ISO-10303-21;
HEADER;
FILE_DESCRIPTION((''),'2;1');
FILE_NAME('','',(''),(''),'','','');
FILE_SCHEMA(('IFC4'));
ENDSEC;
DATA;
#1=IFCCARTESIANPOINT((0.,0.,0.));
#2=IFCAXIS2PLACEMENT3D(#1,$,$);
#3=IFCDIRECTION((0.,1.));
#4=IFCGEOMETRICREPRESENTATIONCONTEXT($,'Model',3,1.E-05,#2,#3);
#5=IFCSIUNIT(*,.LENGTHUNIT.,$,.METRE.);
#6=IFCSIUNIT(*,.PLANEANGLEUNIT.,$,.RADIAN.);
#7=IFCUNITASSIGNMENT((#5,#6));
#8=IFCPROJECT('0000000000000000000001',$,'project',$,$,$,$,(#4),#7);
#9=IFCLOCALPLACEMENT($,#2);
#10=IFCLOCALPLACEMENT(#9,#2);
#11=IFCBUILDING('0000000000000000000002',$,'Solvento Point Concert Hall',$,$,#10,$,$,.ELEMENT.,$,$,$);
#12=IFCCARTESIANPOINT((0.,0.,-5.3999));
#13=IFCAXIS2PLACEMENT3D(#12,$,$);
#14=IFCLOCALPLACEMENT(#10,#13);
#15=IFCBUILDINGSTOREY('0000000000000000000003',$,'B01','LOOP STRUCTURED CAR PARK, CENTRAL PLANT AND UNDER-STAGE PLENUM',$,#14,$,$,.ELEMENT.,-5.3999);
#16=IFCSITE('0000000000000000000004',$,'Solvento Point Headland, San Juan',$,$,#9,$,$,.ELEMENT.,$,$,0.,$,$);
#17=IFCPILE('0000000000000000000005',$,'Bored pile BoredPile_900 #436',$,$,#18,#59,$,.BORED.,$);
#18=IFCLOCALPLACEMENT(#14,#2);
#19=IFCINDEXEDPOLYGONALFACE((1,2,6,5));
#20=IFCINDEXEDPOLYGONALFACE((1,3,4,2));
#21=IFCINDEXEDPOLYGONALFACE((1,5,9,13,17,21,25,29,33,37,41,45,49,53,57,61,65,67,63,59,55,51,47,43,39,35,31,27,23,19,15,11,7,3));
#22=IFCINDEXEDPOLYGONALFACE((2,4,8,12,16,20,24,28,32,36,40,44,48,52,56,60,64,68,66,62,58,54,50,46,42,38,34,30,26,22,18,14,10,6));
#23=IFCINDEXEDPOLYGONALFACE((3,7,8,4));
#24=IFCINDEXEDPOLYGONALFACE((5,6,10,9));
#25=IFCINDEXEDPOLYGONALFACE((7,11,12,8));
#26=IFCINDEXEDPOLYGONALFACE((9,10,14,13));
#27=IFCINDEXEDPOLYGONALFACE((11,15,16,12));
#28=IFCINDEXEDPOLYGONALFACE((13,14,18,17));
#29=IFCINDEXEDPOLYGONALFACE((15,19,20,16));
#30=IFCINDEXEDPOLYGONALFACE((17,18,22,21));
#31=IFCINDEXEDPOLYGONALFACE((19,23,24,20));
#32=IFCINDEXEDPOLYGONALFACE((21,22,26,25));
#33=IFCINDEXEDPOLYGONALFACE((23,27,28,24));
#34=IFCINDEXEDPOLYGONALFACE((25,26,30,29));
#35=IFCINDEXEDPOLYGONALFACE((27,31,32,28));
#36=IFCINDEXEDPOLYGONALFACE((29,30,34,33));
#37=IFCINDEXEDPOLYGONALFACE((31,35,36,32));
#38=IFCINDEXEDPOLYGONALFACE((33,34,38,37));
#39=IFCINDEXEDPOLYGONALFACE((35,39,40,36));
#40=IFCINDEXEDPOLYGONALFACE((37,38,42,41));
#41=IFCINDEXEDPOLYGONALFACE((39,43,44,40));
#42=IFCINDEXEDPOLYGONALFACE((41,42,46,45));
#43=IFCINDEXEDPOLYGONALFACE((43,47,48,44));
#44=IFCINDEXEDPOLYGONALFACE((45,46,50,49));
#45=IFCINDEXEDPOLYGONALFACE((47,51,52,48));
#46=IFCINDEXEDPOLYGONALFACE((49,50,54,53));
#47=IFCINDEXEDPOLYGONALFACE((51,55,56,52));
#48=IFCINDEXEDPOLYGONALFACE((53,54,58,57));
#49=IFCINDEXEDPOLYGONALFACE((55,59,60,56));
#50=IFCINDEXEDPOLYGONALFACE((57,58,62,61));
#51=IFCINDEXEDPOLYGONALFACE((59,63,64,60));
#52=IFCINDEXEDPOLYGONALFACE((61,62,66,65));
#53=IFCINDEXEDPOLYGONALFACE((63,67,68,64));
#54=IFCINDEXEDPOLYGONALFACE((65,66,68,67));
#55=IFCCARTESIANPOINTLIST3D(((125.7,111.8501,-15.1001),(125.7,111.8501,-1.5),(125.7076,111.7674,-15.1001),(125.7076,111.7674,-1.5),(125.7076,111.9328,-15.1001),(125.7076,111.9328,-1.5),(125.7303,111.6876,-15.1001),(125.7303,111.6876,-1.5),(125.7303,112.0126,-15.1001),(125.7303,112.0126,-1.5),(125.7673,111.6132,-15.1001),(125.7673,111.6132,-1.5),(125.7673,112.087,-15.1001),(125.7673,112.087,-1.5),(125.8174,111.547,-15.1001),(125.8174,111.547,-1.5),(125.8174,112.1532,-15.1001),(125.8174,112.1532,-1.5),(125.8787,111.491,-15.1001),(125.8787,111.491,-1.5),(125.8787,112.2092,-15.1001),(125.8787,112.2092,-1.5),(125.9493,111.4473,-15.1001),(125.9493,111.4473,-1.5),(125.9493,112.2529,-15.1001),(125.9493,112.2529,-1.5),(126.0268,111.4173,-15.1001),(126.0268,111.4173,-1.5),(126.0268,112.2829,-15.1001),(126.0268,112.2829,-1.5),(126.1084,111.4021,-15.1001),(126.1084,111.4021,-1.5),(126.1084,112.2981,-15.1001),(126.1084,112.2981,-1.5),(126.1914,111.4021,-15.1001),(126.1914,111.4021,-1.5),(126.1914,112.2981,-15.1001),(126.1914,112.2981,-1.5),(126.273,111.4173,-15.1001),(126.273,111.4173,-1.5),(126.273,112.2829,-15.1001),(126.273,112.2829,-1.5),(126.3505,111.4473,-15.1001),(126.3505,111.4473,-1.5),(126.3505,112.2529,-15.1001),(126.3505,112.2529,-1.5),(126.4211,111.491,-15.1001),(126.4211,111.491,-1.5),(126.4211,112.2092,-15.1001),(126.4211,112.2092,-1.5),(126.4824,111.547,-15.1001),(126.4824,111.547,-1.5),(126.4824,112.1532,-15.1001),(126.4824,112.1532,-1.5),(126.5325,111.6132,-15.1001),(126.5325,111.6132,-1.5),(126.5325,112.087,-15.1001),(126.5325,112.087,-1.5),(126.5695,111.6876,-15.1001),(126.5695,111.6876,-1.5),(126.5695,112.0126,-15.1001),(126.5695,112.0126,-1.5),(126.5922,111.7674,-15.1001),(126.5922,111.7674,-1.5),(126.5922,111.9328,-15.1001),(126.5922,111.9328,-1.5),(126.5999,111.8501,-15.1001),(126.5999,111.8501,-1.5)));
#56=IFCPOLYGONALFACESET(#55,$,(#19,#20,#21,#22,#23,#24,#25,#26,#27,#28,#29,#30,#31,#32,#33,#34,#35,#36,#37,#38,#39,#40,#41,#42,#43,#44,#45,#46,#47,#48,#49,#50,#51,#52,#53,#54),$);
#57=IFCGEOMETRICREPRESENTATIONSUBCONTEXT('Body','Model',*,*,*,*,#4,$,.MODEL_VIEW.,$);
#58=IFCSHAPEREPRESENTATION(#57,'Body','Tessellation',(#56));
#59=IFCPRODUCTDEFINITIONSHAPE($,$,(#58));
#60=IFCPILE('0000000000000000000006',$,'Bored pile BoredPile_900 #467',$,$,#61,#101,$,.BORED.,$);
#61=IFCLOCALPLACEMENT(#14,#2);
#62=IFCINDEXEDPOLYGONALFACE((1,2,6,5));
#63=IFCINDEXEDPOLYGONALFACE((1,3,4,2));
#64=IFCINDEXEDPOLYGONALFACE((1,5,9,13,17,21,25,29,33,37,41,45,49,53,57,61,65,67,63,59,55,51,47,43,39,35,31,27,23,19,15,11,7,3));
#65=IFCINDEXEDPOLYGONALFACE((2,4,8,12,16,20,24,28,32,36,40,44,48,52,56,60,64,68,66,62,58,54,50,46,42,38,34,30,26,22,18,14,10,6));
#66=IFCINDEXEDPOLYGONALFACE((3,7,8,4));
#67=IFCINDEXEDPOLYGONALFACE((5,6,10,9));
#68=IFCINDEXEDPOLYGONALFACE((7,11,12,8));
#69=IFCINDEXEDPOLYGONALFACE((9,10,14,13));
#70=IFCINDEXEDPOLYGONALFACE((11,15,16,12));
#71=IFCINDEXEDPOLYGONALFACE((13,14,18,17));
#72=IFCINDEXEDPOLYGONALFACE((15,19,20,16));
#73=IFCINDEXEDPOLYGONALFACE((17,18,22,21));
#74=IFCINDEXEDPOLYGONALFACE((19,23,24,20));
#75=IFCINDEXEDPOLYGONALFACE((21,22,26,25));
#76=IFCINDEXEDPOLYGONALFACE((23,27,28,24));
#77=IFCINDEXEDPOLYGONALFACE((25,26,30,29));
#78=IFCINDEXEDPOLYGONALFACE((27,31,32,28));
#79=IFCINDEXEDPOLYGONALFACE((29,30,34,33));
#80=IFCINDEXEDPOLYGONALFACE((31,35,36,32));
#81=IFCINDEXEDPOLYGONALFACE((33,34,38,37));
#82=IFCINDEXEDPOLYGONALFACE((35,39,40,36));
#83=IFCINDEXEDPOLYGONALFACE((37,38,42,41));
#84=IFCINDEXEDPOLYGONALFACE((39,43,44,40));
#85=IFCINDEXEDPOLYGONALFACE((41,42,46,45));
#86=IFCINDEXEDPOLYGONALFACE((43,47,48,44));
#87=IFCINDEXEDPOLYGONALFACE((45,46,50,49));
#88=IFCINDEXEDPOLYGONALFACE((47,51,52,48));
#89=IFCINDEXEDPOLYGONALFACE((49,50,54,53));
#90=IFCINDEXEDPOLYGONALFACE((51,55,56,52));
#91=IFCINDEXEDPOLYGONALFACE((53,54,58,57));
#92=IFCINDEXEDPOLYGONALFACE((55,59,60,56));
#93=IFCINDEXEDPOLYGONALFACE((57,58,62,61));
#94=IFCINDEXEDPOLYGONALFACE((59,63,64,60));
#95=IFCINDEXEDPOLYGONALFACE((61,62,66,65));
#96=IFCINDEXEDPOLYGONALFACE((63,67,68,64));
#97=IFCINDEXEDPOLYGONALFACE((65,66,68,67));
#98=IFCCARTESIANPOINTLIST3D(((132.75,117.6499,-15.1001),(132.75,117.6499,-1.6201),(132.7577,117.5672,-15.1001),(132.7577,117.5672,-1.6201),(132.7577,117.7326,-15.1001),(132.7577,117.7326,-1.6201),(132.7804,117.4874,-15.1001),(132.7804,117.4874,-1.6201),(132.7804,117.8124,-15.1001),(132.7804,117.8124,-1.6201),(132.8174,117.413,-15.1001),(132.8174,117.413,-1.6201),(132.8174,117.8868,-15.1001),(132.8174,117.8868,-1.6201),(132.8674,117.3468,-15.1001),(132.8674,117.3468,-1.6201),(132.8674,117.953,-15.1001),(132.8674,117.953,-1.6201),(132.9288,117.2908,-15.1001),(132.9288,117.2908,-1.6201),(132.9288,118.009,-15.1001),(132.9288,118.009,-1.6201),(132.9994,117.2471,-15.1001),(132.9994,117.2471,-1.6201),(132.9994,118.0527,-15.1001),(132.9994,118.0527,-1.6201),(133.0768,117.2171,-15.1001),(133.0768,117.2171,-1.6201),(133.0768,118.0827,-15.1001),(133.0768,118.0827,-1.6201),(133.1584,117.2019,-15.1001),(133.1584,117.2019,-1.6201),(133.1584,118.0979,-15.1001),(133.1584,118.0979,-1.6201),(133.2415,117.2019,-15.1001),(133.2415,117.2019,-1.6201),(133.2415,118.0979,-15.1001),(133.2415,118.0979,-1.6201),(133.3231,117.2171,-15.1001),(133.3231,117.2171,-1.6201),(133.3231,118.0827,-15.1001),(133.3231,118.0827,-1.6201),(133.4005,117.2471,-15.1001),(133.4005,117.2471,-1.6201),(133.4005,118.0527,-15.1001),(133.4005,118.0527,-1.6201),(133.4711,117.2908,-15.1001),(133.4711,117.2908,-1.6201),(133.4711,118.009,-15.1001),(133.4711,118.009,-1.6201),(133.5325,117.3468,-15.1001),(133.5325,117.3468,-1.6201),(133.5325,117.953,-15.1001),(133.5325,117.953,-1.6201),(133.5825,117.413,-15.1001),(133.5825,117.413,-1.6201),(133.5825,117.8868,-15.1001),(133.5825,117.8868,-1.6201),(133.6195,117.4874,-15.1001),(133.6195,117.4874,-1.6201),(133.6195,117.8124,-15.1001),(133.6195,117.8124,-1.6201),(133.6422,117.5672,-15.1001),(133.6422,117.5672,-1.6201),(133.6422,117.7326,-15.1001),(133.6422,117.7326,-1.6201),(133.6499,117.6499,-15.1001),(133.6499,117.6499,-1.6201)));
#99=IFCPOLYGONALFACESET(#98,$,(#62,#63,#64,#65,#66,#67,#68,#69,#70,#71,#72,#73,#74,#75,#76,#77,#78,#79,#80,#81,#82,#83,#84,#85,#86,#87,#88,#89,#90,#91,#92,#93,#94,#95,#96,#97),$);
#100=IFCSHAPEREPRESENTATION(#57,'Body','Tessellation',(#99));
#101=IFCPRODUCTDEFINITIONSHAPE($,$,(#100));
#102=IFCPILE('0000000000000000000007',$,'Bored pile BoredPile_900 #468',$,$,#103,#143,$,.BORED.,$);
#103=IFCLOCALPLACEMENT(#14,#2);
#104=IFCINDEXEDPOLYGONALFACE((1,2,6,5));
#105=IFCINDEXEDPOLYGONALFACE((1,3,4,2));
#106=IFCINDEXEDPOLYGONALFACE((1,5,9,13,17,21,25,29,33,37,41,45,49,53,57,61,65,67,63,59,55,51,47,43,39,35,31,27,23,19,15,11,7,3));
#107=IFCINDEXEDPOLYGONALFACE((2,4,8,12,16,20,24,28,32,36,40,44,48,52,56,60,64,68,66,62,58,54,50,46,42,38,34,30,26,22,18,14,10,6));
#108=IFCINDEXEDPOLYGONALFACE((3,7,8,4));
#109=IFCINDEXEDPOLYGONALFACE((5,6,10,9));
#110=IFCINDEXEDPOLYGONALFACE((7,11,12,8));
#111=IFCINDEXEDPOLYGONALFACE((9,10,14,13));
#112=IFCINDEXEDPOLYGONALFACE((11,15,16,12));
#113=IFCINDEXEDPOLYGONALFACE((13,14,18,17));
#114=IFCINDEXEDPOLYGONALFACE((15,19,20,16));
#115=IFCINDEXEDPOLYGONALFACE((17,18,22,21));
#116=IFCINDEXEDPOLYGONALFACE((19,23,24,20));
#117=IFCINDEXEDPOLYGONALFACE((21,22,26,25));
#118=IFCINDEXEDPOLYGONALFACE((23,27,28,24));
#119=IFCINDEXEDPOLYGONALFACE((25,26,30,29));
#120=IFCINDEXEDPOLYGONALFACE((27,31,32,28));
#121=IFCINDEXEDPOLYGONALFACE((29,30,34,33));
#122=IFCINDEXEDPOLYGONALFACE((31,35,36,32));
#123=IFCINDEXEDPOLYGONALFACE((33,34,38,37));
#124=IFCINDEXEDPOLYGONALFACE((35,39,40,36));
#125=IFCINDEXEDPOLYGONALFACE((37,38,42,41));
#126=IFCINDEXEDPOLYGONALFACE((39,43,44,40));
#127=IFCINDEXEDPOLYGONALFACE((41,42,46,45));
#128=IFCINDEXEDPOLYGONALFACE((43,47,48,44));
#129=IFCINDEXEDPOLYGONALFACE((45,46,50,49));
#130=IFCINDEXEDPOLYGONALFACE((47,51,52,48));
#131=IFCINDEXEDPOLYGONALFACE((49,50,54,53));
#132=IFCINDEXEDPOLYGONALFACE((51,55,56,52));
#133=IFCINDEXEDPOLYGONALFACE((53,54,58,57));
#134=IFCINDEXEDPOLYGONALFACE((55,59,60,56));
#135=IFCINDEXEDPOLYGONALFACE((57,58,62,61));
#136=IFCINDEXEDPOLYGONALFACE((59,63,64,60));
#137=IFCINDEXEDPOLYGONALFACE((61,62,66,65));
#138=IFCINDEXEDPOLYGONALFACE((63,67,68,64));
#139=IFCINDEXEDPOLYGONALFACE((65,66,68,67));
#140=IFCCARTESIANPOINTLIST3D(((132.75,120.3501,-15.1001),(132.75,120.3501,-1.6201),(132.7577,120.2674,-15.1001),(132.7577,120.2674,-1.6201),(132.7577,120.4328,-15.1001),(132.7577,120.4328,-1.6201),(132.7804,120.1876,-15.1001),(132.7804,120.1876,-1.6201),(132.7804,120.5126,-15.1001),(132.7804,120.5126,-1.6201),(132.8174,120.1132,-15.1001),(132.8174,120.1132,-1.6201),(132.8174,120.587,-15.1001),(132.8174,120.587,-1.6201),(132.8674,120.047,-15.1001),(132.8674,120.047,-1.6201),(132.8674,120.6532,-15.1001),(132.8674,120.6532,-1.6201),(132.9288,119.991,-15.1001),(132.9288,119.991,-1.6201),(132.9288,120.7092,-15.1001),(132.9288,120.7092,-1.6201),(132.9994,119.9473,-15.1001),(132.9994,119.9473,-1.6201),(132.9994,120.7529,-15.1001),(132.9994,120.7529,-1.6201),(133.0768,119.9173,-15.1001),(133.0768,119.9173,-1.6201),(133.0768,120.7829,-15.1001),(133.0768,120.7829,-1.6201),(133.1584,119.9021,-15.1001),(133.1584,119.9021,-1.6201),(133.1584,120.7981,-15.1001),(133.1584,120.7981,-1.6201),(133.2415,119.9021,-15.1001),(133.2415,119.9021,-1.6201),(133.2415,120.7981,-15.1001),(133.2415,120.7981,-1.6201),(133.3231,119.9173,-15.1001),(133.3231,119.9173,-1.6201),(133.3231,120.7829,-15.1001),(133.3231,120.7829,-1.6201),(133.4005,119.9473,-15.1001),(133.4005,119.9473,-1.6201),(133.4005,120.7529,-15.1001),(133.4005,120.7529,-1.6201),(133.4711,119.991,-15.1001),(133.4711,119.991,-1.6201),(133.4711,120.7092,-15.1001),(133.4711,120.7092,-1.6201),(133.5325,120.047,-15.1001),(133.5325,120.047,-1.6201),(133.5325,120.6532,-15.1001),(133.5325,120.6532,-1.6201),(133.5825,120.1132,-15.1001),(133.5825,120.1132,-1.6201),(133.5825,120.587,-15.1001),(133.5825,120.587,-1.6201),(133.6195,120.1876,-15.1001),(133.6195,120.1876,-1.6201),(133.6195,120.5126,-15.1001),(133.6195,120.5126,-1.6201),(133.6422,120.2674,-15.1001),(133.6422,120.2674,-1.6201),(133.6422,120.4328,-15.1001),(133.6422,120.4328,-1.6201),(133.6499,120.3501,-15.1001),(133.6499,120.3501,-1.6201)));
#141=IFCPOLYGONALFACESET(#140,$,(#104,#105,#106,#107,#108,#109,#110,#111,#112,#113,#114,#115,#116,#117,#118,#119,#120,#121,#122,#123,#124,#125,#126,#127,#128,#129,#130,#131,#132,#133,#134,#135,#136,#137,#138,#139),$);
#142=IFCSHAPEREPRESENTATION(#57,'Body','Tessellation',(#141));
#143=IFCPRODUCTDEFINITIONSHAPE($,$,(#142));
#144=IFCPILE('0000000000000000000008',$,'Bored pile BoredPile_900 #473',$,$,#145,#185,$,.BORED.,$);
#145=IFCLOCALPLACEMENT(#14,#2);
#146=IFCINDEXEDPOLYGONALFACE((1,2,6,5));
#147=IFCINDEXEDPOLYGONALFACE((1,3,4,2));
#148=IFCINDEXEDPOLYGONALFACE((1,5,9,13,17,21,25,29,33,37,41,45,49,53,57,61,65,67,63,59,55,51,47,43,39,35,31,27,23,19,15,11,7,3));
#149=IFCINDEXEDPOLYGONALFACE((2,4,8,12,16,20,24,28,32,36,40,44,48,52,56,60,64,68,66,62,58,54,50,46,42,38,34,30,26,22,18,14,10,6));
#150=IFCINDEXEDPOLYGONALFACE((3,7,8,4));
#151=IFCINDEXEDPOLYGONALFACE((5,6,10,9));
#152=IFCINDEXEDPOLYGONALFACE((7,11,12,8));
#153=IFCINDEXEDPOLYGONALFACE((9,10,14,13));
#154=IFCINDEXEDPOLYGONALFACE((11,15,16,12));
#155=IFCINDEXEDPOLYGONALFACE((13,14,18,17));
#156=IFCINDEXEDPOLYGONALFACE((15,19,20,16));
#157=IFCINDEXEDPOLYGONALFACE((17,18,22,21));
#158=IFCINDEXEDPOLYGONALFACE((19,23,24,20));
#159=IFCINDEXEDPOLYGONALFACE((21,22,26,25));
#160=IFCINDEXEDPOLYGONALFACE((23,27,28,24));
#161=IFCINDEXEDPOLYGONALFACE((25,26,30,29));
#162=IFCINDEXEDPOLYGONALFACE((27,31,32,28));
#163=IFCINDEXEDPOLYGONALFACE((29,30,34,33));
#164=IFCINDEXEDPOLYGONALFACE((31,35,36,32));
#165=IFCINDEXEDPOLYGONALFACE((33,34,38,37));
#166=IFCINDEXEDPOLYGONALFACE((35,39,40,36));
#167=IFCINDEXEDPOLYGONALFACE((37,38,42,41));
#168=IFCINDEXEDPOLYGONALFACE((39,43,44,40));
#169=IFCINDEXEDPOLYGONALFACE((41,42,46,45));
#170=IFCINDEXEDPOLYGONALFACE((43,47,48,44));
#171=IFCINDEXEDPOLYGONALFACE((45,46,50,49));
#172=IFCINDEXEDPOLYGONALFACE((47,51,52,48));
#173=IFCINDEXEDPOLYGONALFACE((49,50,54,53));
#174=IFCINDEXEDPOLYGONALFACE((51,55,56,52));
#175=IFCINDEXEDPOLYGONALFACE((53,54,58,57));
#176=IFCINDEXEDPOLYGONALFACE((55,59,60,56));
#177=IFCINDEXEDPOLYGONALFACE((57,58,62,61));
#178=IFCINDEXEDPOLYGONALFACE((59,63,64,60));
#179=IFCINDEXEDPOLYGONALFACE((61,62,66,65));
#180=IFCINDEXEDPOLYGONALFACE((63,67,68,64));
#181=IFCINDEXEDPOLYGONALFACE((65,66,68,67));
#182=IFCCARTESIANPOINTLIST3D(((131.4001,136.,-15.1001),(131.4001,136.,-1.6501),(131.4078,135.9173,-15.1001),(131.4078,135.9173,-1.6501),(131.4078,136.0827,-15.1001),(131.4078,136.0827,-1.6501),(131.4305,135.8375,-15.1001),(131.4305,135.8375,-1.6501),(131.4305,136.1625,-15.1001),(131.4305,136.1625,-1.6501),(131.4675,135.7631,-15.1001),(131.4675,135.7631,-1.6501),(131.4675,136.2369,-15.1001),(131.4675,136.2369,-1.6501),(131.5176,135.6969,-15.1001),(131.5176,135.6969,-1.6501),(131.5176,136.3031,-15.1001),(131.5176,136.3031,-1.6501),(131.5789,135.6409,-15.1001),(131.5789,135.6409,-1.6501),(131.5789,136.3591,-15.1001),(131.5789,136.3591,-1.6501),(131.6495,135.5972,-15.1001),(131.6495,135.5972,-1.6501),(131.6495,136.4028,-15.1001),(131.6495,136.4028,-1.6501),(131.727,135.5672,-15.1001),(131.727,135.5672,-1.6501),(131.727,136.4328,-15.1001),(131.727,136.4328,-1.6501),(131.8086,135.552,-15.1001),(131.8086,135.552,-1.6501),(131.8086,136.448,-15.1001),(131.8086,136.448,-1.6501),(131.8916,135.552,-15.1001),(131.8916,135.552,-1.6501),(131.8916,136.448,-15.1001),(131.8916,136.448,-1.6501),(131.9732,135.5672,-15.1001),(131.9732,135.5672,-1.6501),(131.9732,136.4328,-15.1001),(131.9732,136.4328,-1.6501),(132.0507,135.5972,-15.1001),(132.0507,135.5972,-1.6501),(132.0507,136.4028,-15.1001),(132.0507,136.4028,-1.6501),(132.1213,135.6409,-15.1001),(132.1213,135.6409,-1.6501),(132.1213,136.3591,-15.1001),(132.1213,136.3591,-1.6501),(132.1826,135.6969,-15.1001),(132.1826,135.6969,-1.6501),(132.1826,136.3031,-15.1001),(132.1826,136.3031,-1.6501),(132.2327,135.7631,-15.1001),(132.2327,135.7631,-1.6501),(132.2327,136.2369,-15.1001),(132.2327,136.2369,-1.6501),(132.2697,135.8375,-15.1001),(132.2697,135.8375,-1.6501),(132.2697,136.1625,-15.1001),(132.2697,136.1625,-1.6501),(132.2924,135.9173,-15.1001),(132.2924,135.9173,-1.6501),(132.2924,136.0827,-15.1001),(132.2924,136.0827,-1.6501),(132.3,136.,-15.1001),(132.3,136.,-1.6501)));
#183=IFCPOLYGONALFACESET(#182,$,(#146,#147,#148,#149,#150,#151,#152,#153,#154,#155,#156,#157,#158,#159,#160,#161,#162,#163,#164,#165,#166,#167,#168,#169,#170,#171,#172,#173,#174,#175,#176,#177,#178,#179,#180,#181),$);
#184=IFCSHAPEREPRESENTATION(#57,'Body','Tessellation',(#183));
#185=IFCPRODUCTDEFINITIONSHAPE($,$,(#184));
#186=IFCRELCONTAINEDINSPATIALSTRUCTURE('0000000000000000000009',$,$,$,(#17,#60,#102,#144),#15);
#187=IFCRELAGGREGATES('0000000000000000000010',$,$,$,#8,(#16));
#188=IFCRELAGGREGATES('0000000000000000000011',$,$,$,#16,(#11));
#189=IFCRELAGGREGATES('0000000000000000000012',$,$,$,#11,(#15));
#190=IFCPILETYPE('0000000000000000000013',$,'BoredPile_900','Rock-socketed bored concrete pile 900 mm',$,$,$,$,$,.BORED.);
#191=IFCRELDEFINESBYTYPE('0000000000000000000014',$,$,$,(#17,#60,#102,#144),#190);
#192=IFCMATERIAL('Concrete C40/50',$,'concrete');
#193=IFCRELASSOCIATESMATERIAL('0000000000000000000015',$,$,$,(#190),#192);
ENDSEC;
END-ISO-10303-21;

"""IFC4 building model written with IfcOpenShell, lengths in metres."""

from ifc_helpers import new_model, si_unit, direction, frame, origin, origin_2d, place, context, subcontext, project, spatial, circle, extrude, material, material_profile, profile_set, type_object, element, save


model = new_model("IFC4")

# Units and contexts
model_context = context("Model", 3, precision=1e-05, world=origin(), true_north=direction((0.0, 1.0)))
body_context = subcontext(model_context, "Body", "Model", "MODEL_VIEW")
ifc_project = project(units=[si_unit("LENGTHUNIT", "METRE"), si_unit("PLANEANGLEUNIT", "RADIAN")], contexts=[model_context])

# Site, building, storey
site_placement = place(None, origin())
site = spatial("IfcSite", under=ifc_project, at=site_placement, Name="Solvento Point Headland, San Juan", CompositionType="ELEMENT", RefElevation=0.0)
building_placement = place(site_placement, origin())
building = spatial("IfcBuilding", under=site, at=building_placement, Name="Solvento Point Concert Hall", CompositionType="ELEMENT")
storey_placement = place(building_placement, frame((0.0, 0.0, -5.3999)))
storey = spatial("IfcBuildingStorey", under=building, at=storey_placement, Name="B01", Description="LOOP STRUCTURED CAR PARK, CENTRAL PLANT AND UNDER-STAGE PLENUM", CompositionType="ELEMENT", Elevation=-5.3999)

# Piles
ifc_material_1 = material(Name="Concrete C40/50", Category="concrete")
ifc_material_profile_1 = material_profile(ifc_material_1, circle(Radius=0.45, at=origin_2d()), Name="BP-900")
ifc_profile_set_1 = profile_set([ifc_material_profile_1], Name="Concrete C40/50")
pile_type_1 = type_object("IfcPileType", Name="BoredPile_900", Description="Rock-socketed bored concrete pile 900 mm", PredefinedType="BORED", material=ifc_profile_set_1)
for number, where, z_axis, x_axis, name in (
    (1, (126.1499, 111.8501, -1.5), (0.0, 0.0, -1.0), (1.0, 0.0, 0.0), "Bored pile BoredPile_900 #436"),
):
    element("IfcPile", number, at=place(storey_placement, frame(where, z_axis=z_axis, x_axis=x_axis)), inside=storey, type_object=pile_type_1, Name=name, PredefinedType="BORED", context=body_context, shape_type="SweptSolid", body=[
        extrude(circle(Radius=0.45, at=origin_2d()), origin(), (0.0, 0.0, 1.0), 13.6001),
    ])
for number, where, z_axis, x_axis, name in (
    (2, (133.2, 117.6499, -1.6201), (0.0, 0.0, -1.0), (1.0, 0.0, 0.0), "Bored pile BoredPile_900 #467"),
    (3, (133.2, 120.3501, -1.6201), (0.0, 0.0, -1.0), (1.0, 0.0, 0.0), "Bored pile BoredPile_900 #468"),
):
    element("IfcPile", number, at=place(storey_placement, frame(where, z_axis=z_axis, x_axis=x_axis)), inside=storey, type_object=pile_type_1, Name=name, PredefinedType="BORED", context=body_context, shape_type="SweptSolid", body=[
        extrude(circle(Radius=0.45, at=origin_2d()), origin(), (0.0, 0.0, 1.0), 13.48),
    ])
for number, where, z_axis, x_axis, name in (
    (4, (131.8501, 136.0, -1.6501), (0.0, 0.0, -1.0), (1.0, 0.0, 0.0), "Bored pile BoredPile_900 #473"),
):
    element("IfcPile", number, at=place(storey_placement, frame(where, z_axis=z_axis, x_axis=x_axis)), inside=storey, type_object=pile_type_1, Name=name, PredefinedType="BORED", context=body_context, shape_type="SweptSolid", body=[
        extrude(circle(Radius=0.45, at=origin_2d()), origin(), (0.0, 0.0, 1.0), 13.45),
    ])

save(model, "model.ifc")
